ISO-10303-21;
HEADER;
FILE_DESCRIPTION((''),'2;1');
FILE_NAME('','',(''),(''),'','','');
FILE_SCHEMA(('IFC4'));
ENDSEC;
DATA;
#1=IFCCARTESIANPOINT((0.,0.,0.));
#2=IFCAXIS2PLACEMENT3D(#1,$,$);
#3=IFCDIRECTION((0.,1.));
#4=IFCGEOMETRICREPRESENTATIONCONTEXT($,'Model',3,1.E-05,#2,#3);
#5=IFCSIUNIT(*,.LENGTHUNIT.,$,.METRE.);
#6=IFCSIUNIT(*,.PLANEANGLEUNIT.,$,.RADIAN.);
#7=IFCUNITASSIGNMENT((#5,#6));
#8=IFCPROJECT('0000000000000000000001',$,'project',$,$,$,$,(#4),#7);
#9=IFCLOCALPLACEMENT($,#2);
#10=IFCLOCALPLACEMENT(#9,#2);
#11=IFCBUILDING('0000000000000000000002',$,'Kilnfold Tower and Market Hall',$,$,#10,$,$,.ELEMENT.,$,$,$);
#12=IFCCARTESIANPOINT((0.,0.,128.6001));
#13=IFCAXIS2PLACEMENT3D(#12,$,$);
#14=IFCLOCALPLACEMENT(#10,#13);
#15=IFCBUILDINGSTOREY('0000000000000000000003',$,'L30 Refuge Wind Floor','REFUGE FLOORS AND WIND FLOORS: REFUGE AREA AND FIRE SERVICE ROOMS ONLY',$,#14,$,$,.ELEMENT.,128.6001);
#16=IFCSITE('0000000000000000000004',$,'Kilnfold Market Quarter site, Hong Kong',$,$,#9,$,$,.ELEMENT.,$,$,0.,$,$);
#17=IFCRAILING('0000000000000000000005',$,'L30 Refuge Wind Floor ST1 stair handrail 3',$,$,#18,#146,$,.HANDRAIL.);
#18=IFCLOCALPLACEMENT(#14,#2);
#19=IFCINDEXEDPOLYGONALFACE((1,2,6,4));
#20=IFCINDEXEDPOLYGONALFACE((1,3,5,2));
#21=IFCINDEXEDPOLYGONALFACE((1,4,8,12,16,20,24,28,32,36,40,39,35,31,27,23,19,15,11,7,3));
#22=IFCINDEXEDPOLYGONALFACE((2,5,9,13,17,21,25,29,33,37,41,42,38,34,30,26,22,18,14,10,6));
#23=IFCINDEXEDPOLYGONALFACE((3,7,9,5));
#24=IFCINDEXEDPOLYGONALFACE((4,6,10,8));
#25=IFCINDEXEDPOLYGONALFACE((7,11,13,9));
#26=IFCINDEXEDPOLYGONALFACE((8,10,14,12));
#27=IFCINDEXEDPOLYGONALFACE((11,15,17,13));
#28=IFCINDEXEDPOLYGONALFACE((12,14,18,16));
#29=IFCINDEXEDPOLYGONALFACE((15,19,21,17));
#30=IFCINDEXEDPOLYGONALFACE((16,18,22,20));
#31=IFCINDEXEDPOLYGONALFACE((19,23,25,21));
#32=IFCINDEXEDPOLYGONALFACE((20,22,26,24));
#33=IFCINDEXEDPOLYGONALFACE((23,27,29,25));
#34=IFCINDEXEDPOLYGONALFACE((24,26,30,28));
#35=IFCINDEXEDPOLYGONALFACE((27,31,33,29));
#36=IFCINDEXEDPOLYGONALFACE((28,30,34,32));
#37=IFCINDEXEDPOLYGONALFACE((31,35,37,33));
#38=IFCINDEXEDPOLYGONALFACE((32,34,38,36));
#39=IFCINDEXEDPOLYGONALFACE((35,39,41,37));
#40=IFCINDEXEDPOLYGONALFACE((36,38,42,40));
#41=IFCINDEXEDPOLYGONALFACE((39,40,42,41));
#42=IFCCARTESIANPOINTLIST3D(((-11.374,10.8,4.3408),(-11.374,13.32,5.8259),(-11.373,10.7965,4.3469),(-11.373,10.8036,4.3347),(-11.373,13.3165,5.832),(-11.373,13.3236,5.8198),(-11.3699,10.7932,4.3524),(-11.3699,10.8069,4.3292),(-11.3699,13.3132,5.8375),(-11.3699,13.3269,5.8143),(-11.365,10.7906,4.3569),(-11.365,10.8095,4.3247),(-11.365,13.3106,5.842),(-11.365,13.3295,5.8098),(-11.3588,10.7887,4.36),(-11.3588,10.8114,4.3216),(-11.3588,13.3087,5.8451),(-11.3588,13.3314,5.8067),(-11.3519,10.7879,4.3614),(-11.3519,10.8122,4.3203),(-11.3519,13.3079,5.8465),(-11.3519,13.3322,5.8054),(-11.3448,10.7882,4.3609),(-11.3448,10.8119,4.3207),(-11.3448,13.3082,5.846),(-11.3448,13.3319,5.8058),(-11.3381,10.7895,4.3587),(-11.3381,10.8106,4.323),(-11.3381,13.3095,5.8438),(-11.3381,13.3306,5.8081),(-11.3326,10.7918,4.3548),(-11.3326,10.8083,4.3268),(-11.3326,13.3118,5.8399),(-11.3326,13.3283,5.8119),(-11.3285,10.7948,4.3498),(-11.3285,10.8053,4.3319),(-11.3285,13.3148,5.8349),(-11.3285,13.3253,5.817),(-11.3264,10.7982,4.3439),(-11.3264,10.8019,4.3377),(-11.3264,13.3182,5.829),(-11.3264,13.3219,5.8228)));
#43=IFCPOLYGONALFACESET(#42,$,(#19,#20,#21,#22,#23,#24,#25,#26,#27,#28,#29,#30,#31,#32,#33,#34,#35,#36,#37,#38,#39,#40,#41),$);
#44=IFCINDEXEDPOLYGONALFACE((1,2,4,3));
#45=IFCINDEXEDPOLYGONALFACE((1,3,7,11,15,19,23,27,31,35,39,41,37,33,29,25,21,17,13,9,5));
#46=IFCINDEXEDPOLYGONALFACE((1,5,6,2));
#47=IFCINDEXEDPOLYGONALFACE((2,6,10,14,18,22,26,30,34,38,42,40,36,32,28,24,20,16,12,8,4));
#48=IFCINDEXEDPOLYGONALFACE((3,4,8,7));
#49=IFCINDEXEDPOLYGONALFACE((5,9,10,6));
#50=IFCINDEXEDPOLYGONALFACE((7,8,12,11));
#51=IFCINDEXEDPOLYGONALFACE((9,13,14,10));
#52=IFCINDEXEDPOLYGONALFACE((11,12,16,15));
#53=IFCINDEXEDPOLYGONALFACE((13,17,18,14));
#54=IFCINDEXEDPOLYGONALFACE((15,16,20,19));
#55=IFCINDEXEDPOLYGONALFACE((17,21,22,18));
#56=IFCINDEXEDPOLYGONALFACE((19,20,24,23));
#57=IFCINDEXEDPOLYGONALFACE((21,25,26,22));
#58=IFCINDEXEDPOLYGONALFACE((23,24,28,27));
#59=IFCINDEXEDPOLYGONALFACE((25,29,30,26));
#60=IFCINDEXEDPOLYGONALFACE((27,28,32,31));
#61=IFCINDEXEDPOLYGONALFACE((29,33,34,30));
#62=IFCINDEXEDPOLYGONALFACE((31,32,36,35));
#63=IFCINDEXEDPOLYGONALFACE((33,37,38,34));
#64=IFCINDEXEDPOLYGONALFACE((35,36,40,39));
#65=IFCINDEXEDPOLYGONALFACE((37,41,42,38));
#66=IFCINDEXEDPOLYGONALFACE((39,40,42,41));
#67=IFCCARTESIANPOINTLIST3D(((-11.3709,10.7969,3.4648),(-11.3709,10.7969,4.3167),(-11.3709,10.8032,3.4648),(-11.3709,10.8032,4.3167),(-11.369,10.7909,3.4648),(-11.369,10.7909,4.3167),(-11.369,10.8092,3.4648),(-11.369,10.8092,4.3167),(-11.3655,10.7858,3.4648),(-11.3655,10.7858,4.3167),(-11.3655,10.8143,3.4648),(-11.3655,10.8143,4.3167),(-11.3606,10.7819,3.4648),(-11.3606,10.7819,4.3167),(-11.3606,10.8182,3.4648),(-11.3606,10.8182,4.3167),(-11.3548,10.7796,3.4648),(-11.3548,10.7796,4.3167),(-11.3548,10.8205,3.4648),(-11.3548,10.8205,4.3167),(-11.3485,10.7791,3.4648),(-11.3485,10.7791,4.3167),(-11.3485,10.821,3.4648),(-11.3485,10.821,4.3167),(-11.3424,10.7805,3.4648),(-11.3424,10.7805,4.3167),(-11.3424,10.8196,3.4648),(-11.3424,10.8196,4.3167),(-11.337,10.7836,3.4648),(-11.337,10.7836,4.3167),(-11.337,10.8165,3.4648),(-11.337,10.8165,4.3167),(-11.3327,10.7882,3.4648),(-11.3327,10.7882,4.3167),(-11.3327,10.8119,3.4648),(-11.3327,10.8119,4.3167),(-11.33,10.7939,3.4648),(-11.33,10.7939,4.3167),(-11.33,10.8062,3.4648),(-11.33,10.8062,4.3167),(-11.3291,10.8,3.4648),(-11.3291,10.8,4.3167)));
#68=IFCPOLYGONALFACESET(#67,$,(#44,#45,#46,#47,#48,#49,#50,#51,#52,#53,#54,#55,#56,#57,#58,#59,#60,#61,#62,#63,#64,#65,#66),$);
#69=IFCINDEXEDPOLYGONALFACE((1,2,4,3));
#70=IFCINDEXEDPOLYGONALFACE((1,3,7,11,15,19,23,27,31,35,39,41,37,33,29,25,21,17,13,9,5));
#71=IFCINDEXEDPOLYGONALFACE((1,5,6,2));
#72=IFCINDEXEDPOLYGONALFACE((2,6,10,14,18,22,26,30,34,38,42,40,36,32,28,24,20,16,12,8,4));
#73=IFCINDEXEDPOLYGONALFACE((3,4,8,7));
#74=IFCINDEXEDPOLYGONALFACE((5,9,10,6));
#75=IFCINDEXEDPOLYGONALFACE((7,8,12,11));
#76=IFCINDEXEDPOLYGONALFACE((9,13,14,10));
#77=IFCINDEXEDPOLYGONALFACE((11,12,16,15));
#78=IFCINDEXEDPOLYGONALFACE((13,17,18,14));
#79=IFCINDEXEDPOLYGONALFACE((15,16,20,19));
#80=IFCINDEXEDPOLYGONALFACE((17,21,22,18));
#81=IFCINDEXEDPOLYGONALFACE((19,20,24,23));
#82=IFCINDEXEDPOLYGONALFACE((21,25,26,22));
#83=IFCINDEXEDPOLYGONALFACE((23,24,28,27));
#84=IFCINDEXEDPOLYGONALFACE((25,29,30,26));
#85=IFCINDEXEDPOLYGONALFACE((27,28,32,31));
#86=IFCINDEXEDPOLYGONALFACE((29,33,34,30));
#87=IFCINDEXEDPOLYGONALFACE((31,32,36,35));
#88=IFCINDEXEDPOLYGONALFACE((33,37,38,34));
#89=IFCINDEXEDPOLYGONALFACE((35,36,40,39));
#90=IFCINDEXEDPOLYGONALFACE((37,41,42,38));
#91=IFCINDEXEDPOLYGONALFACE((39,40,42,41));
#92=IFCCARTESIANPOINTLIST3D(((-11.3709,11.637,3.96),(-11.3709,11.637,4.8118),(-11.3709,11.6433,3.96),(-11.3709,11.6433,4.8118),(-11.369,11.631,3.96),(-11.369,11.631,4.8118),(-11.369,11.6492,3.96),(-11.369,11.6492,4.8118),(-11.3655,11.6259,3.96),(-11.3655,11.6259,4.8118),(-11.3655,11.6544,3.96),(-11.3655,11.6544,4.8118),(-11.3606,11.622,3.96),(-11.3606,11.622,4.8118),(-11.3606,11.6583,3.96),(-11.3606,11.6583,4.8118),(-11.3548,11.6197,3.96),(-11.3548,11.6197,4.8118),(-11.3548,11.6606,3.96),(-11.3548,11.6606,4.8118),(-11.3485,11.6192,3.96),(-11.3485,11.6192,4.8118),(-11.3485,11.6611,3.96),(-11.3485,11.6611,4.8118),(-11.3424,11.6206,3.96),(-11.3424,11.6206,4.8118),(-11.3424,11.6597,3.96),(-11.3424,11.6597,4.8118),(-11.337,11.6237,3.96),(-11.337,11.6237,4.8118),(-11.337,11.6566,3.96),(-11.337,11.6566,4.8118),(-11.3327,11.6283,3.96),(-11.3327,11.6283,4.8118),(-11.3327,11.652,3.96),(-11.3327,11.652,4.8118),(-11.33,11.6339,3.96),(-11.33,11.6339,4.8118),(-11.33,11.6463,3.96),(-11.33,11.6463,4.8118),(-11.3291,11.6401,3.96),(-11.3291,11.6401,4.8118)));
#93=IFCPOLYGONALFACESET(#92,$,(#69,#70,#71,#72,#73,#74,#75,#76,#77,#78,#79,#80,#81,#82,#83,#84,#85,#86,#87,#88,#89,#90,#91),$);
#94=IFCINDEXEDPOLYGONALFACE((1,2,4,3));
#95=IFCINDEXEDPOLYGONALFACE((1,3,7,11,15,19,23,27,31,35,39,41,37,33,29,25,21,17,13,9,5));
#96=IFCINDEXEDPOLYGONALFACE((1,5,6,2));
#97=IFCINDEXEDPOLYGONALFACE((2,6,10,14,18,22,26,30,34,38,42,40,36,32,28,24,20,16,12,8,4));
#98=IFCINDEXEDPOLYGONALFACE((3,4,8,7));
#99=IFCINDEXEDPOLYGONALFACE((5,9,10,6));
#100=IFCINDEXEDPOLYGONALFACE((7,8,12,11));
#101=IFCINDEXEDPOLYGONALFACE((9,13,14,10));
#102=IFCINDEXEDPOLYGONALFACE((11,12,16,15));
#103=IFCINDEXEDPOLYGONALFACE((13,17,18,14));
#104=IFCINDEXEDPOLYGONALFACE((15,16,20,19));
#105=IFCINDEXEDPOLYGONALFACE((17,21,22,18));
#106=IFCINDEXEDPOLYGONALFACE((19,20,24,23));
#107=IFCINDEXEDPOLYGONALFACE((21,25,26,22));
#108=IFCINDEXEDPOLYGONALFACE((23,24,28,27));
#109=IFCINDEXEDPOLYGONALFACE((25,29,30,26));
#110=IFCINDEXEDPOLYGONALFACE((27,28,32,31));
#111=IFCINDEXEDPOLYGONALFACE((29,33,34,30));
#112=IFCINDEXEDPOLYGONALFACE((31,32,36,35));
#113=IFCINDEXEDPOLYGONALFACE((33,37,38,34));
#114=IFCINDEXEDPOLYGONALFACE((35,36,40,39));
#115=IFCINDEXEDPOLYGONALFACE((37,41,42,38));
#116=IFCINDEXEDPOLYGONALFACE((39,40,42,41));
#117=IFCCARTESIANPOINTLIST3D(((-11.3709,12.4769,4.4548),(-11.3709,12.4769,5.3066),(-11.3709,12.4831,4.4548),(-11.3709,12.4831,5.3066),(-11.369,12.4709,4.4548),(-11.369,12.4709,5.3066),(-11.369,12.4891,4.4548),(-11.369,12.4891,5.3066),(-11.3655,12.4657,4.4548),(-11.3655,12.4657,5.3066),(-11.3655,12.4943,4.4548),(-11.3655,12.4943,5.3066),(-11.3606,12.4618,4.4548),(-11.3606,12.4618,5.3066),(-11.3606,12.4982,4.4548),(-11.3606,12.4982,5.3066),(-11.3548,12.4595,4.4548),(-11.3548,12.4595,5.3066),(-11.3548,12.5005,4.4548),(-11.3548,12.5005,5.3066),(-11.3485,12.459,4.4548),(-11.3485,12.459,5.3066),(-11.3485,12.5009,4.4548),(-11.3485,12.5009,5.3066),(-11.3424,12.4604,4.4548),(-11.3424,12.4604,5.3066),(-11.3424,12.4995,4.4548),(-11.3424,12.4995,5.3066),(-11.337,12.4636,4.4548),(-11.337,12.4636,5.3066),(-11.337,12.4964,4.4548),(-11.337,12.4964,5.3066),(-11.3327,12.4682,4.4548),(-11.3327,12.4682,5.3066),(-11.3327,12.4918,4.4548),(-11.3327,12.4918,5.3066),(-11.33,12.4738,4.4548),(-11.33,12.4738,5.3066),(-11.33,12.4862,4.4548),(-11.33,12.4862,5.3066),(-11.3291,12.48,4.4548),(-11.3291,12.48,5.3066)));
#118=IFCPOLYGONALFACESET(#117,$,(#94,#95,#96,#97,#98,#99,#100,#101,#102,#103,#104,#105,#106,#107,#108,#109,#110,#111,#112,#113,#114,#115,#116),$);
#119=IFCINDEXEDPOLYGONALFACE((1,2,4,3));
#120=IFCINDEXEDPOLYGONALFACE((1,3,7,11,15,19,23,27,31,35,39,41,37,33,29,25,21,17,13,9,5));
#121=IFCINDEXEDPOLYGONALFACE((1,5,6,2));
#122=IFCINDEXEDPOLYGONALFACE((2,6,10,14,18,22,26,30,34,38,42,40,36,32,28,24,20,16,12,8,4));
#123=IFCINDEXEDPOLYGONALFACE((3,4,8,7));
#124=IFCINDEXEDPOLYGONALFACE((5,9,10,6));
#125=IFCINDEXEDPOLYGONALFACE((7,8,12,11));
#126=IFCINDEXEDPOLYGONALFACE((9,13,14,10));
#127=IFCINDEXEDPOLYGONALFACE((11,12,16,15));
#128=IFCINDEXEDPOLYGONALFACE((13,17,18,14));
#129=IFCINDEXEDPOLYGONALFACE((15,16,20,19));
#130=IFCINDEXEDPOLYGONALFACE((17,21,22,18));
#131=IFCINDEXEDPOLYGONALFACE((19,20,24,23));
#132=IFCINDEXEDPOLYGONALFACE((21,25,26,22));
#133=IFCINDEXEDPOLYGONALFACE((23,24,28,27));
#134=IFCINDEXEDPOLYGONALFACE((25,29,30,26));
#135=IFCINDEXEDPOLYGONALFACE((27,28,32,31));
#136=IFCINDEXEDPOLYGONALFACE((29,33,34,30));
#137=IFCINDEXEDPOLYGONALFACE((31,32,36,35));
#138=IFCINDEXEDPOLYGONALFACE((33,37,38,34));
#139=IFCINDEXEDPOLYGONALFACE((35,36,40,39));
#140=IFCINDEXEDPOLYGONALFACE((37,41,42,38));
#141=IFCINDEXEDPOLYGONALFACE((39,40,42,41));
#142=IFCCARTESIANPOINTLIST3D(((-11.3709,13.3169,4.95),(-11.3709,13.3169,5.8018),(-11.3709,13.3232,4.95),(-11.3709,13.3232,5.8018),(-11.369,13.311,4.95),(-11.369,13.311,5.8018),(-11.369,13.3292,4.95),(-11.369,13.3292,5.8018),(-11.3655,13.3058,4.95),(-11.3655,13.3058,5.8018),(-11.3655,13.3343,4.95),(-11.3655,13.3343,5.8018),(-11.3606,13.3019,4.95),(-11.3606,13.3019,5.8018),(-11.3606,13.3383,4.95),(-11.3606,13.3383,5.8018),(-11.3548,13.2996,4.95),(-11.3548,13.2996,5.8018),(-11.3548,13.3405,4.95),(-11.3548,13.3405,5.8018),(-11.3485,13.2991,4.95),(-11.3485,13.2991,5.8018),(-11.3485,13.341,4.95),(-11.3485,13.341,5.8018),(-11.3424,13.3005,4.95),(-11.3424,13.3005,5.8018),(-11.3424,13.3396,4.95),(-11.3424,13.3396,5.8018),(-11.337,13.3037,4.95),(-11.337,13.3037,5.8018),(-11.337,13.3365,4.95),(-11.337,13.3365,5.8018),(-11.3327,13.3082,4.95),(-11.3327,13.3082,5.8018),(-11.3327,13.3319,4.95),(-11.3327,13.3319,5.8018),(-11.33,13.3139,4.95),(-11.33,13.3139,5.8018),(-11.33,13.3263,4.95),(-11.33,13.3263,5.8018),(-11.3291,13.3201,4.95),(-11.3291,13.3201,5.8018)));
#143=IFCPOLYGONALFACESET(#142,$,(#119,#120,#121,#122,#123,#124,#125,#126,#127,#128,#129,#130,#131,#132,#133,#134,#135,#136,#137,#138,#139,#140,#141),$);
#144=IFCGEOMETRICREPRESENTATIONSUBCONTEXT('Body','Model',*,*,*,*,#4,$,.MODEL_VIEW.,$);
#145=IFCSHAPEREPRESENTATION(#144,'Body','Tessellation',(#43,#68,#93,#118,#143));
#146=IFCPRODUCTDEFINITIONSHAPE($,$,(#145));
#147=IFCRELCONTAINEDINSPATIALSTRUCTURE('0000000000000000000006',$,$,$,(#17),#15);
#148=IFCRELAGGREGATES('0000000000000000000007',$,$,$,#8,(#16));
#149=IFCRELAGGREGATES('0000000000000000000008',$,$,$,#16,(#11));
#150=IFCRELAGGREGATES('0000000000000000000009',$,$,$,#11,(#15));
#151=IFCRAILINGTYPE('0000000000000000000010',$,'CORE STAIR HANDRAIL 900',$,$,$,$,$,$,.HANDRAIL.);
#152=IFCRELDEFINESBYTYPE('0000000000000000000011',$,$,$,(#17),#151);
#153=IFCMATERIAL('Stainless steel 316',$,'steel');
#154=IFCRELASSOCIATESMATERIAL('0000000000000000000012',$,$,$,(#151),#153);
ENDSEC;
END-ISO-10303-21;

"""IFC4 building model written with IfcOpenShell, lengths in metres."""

from ifc_helpers import new_model, si_unit, direction, frame, origin, origin_2d, place, context, subcontext, project, spatial, circle, extrude, material, type_object, element, save


model = new_model("IFC4")

# Units and contexts
model_context = context("Model", 3, precision=1e-05, world=origin(), true_north=direction((0.0, 1.0)))
body_context = subcontext(model_context, "Body", "Model", "MODEL_VIEW")
ifc_project = project(units=[si_unit("LENGTHUNIT", "METRE"), si_unit("PLANEANGLEUNIT", "RADIAN")], contexts=[model_context])

# Site, building, storey
site_placement = place(None, origin())
site = spatial("IfcSite", under=ifc_project, at=site_placement, Name="Kilnfold Market Quarter site, Hong Kong", CompositionType="ELEMENT", RefElevation=0.0)
building_placement = place(site_placement, origin())
building = spatial("IfcBuilding", under=site, at=building_placement, Name="Kilnfold Tower and Market Hall", CompositionType="ELEMENT")
storey_placement = place(building_placement, frame((0.0, 0.0, 128.6001)))
storey = spatial("IfcBuildingStorey", under=building, at=storey_placement, Name="L30 Refuge Wind Floor", Description="REFUGE FLOORS AND WIND FLOORS: REFUGE AREA AND FIRE SERVICE ROOMS ONLY", CompositionType="ELEMENT", Elevation=128.6001)

# Railing
ifc_material_1 = material(Name="Stainless steel 316", Category="steel")
railing_type_1 = type_object("IfcRailingType", Name="CORE STAIR HANDRAIL 900", PredefinedType="HANDRAIL", material=ifc_material_1)
railing_1_placement = place(storey_placement, frame((-11.3501, 10.8, 3.4648)))
element("IfcRailing", 1, at=railing_1_placement, inside=storey, type_object=railing_type_1, Name="L30 Refuge Wind Floor ST1 stair handrail 3", PredefinedType="HANDRAIL", context=body_context, shape_type="SweptSolid", body=[
    extrude(circle(Radius=0.0239, at=origin_2d()), frame((0.0, 0.0, 0.876), z_axis=(0.0, 0.861524, 0.507717), x_axis=(-1.0, 0.0, 0.0)), (0.0, 0.0, 1.0), 2.925),
    extrude(circle(Radius=0.021, at=origin_2d()), origin(), (0.0, 0.0, 1.0), 0.8518),
    extrude(circle(Radius=0.021, at=origin_2d()), frame((0.0, 0.8401, 0.4951)), (0.0, 0.0, 1.0), 0.8518),
    extrude(circle(Radius=0.021, at=origin_2d()), frame((0.0, 1.6799, 0.99)), (0.0, 0.0, 1.0), 0.8518),
    extrude(circle(Radius=0.021, at=origin_2d()), frame((0.0, 2.52, 1.4851)), (0.0, 0.0, 1.0), 0.8518),
])

save(model, "model.ifc")
